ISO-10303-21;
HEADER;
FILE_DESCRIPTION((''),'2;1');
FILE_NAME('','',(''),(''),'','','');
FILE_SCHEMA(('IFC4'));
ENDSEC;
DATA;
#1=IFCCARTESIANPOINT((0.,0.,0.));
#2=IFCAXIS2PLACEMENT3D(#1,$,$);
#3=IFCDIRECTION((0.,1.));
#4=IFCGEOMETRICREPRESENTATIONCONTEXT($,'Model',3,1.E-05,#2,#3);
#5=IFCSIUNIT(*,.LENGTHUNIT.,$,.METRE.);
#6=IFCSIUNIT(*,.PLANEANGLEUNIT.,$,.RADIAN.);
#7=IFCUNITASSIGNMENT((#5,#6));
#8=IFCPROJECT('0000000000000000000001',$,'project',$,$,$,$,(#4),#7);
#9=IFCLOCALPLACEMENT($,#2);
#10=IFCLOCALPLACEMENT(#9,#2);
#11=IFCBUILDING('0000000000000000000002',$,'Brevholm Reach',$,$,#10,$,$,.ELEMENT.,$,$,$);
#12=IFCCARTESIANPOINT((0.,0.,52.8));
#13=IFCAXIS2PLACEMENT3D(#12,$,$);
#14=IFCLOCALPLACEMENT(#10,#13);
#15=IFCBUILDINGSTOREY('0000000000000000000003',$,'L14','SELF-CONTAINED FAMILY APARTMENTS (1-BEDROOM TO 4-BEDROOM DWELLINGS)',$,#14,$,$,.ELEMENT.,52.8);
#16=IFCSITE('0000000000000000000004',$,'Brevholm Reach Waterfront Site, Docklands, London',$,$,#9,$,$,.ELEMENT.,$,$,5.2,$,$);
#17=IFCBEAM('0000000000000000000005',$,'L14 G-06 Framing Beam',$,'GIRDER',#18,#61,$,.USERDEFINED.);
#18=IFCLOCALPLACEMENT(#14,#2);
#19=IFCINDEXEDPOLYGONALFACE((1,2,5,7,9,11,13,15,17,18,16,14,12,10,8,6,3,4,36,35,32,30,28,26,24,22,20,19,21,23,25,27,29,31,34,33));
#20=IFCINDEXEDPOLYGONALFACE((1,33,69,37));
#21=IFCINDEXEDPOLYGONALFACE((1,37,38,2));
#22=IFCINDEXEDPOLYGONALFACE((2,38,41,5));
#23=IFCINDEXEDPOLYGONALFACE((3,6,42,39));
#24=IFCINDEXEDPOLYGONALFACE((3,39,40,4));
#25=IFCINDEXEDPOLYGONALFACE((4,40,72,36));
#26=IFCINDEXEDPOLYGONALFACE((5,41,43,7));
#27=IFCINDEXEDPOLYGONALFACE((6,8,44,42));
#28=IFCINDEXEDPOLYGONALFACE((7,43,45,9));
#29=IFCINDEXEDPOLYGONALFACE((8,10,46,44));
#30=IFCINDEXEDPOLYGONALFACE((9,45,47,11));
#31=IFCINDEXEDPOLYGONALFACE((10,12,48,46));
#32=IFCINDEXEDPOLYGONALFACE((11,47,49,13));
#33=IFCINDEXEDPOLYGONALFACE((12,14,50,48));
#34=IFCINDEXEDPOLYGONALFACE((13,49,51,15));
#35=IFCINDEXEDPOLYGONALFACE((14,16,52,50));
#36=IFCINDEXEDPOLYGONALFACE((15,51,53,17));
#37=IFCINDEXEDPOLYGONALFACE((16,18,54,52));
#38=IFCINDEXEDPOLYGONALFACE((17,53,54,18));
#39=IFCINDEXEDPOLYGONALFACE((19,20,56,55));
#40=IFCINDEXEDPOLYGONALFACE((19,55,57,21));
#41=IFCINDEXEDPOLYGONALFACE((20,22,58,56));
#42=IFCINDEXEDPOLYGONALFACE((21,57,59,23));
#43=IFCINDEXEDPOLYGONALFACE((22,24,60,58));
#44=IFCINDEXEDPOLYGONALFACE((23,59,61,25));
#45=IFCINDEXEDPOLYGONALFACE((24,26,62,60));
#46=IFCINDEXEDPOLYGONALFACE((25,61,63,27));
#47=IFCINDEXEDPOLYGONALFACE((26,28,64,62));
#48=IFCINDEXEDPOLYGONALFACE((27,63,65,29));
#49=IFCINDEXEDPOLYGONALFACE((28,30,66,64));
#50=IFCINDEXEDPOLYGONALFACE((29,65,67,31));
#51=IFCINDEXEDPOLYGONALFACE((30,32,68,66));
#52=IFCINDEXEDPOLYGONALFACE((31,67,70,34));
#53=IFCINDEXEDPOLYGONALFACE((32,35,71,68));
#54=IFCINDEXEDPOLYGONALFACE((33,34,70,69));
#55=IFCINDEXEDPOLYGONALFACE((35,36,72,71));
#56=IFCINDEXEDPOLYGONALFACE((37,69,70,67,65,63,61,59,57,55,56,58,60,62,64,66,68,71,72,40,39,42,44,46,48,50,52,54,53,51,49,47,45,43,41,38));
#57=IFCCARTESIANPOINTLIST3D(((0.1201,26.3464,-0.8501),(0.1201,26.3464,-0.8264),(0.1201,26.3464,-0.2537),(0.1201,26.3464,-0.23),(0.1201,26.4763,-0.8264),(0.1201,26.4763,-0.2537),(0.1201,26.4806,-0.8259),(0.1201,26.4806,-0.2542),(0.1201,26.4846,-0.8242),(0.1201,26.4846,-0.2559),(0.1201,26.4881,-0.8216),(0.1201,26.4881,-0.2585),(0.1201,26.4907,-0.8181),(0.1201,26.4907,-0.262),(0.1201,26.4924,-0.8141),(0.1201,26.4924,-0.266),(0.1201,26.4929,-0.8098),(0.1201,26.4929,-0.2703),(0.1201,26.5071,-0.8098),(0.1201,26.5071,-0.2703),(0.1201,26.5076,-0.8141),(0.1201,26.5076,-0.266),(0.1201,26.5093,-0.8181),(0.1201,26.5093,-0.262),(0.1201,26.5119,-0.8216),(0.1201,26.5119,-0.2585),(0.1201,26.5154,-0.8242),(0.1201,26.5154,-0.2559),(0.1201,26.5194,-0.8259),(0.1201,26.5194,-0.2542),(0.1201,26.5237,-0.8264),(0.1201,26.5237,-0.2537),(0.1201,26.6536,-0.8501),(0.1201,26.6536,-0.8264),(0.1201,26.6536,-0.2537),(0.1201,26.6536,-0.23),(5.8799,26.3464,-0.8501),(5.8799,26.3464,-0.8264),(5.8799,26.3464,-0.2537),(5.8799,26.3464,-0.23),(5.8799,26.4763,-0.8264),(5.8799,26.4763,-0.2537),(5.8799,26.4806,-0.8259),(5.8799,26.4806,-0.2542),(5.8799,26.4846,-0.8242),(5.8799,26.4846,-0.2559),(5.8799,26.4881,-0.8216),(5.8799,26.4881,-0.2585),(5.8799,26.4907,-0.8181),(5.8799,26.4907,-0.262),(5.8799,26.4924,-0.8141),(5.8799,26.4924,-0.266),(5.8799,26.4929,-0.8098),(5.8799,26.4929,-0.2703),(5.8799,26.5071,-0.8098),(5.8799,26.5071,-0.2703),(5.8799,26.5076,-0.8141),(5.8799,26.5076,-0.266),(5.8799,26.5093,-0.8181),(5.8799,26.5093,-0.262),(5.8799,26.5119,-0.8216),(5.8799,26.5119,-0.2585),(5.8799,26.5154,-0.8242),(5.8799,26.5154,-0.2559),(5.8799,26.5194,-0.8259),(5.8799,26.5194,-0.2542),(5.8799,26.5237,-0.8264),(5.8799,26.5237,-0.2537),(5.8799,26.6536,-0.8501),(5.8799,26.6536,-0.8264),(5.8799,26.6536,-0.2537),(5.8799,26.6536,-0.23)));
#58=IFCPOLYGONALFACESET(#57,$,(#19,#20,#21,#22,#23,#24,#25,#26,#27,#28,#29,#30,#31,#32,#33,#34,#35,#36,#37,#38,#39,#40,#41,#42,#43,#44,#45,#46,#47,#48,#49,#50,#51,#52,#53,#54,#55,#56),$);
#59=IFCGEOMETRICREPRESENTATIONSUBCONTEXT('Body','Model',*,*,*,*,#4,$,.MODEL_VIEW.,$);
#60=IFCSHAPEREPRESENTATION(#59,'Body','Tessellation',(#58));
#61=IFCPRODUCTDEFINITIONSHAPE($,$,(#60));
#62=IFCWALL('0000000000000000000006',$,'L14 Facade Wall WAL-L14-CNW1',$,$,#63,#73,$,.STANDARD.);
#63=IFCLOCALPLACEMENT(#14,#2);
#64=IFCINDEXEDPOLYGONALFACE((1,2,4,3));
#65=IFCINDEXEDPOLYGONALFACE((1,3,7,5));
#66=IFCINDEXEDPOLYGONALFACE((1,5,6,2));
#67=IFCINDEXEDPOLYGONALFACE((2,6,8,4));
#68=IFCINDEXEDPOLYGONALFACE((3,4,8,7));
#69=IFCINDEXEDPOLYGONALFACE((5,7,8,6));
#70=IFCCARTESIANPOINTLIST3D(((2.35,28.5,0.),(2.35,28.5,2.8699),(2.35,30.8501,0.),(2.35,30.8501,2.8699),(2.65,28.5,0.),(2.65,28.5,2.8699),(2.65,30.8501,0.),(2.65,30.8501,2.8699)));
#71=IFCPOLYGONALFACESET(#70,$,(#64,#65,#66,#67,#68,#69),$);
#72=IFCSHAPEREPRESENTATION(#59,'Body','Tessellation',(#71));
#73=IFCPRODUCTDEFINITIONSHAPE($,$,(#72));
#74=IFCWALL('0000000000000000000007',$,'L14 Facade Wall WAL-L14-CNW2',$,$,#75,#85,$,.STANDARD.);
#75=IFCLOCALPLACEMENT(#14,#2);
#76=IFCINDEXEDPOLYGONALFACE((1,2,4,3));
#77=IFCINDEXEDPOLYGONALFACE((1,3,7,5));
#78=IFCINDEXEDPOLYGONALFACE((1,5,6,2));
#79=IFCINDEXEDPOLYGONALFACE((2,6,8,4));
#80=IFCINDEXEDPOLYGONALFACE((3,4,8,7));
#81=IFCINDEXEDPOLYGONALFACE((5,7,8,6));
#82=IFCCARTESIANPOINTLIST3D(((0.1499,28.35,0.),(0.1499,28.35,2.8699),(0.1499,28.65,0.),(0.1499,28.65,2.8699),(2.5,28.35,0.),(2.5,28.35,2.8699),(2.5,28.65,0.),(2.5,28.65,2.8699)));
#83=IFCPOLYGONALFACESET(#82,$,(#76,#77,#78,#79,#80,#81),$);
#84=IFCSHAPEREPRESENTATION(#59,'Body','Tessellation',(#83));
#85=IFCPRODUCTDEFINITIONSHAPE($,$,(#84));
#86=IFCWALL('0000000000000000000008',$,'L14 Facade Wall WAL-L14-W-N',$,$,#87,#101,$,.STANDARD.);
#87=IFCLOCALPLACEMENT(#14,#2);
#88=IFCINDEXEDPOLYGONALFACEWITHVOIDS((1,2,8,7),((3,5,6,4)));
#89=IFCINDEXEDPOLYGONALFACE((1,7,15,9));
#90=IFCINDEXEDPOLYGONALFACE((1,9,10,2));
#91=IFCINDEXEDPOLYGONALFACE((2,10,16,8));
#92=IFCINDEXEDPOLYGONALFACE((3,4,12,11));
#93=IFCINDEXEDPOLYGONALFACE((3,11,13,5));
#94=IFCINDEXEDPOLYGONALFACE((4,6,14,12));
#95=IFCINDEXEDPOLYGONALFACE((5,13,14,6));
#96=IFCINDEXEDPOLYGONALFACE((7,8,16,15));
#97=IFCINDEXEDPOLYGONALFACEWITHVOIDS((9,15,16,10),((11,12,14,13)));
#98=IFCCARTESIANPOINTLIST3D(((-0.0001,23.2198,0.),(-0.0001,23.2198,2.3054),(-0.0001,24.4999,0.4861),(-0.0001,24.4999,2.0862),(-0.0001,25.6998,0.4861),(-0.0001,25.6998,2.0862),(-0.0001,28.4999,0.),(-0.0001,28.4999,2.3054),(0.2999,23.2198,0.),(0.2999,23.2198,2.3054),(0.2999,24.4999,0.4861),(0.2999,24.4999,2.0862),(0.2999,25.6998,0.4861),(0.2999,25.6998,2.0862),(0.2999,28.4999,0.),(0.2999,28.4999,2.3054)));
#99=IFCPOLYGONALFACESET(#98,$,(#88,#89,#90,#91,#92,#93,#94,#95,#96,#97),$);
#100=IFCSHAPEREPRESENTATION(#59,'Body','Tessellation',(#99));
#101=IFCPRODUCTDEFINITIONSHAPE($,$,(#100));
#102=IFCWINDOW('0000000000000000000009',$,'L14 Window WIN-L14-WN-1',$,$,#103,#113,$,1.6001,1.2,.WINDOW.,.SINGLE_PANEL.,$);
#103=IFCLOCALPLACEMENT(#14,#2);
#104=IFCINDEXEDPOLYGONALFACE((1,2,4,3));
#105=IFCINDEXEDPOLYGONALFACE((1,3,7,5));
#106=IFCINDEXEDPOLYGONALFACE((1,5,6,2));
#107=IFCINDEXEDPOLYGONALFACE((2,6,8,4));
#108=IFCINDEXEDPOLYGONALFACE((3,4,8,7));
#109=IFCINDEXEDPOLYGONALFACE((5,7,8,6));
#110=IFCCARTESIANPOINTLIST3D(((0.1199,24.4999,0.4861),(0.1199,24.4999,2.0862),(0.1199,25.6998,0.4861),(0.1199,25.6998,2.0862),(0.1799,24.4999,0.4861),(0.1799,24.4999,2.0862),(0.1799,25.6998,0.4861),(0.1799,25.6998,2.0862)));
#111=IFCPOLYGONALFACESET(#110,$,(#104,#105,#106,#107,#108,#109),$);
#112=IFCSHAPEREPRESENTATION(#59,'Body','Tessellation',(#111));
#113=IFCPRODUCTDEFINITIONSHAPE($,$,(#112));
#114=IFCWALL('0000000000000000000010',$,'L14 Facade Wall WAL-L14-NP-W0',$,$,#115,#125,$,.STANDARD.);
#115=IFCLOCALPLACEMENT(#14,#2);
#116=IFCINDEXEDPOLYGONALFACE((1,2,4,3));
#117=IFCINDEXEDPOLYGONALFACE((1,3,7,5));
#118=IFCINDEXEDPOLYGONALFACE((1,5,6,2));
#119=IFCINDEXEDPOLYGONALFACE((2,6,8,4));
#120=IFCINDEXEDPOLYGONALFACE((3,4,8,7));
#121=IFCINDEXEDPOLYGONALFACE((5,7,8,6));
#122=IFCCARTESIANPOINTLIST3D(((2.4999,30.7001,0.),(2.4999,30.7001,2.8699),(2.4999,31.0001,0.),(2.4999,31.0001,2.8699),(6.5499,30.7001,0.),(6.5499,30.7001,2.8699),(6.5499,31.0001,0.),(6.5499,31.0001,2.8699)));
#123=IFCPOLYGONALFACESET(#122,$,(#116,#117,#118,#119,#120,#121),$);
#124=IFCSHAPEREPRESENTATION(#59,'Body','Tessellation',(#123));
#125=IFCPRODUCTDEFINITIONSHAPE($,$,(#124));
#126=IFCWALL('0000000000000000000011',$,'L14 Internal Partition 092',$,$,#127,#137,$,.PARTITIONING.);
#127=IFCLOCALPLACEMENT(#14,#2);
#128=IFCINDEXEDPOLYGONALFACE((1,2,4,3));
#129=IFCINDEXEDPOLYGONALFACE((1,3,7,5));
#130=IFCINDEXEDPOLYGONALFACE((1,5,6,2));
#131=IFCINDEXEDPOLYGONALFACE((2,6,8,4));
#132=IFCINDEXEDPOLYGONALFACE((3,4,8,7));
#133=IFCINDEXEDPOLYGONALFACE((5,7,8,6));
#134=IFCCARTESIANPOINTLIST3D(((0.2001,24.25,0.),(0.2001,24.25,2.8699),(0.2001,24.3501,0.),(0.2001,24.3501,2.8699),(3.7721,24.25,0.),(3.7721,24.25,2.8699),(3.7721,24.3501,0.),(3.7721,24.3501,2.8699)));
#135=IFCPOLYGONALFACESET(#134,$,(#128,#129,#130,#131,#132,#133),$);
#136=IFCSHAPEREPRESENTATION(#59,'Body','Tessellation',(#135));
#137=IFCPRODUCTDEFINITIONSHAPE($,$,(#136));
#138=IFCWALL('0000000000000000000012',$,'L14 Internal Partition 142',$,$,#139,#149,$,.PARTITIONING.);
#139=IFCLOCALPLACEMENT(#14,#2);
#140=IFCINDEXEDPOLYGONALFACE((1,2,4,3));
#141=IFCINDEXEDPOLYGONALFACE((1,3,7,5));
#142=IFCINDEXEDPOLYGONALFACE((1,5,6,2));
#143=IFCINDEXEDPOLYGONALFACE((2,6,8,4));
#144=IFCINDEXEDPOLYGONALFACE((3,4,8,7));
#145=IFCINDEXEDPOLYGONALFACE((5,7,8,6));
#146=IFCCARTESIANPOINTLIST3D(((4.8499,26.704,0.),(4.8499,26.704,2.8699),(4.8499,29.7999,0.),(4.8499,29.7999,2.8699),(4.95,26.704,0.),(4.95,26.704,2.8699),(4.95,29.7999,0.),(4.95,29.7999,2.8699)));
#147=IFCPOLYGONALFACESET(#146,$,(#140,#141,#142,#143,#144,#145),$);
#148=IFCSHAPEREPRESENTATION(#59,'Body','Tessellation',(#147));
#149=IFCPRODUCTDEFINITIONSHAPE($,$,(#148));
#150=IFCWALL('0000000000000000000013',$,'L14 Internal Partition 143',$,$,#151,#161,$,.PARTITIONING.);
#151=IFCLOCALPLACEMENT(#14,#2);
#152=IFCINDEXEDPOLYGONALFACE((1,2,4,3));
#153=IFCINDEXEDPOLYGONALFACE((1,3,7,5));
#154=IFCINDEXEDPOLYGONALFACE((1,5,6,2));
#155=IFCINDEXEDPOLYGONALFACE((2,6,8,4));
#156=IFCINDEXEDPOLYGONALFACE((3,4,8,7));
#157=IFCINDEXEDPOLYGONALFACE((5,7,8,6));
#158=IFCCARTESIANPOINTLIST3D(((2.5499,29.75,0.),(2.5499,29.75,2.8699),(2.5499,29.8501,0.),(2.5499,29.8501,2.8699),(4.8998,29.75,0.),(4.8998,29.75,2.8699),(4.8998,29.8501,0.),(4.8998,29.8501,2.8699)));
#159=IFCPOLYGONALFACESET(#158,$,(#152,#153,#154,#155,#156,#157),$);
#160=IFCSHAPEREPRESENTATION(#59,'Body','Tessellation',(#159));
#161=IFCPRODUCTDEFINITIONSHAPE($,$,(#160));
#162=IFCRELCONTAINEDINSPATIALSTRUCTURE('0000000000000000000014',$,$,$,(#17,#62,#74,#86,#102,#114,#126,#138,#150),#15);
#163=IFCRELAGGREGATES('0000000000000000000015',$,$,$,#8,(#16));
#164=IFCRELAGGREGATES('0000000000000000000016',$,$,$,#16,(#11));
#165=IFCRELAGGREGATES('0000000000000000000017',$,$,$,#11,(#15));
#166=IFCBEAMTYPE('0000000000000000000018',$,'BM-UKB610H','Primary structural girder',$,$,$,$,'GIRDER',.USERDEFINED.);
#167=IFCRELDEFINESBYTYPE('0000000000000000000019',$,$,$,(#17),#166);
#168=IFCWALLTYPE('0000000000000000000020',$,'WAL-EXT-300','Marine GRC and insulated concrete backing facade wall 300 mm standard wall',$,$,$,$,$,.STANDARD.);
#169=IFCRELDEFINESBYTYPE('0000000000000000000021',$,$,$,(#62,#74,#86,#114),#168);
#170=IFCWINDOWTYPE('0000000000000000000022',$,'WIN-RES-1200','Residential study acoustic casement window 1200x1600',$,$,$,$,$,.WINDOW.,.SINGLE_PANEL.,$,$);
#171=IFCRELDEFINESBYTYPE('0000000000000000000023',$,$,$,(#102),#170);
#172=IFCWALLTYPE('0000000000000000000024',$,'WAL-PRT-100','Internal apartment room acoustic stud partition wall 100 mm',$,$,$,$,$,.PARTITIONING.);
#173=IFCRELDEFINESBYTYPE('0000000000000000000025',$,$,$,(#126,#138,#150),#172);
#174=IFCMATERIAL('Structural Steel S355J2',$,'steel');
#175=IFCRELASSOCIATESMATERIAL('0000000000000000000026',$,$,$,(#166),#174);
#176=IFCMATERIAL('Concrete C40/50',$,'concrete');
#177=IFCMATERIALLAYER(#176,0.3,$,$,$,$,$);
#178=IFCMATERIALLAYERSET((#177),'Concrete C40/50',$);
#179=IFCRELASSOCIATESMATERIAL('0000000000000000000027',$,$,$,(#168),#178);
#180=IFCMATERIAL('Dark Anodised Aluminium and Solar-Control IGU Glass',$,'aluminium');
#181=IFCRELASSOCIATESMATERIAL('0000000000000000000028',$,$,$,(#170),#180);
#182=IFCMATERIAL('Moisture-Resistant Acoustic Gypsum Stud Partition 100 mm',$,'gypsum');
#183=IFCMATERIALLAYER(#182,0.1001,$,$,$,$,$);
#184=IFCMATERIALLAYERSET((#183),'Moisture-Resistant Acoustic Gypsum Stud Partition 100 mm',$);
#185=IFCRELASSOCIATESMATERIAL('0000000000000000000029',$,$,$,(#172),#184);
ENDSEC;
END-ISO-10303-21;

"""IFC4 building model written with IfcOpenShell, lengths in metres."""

from ifc_helpers import new_model, si_unit, direction, frame, frame_2d, origin, origin_2d, place, context, subcontext, project, spatial, rectangle, i_section, extrude, material, layer, layer_set, material_profile, profile_set, type_object, element, fill, save


model = new_model("IFC4")

# Units and contexts
model_context = context("Model", 3, precision=1e-05, world=origin(), true_north=direction((0.0, 1.0)))
body_context = subcontext(model_context, "Body", "Model", "MODEL_VIEW")
ifc_project = project(units=[si_unit("LENGTHUNIT", "METRE"), si_unit("PLANEANGLEUNIT", "RADIAN")], contexts=[model_context])

# Site, building, storey
site_placement = place(None, origin())
site = spatial("IfcSite", under=ifc_project, at=site_placement, Name="Brevholm Reach Waterfront Site, Docklands, London", CompositionType="ELEMENT", RefElevation=5.2)
building_placement = place(site_placement, origin())
building = spatial("IfcBuilding", under=site, at=building_placement, Name="Brevholm Reach", CompositionType="ELEMENT")
storey_placement = place(building_placement, frame((0.0, 0.0, 52.8)))
storey = spatial("IfcBuildingStorey", under=building, at=storey_placement, Name="L14", Description="SELF-CONTAINED FAMILY APARTMENTS (1-BEDROOM TO 4-BEDROOM DWELLINGS)", CompositionType="ELEMENT", Elevation=52.8)

# Beam
ifc_material_1 = material(Name="Structural Steel S355J2", Category="steel")
ifc_material_profile_1 = material_profile(ifc_material_1, i_section(OverallWidth=0.3071, OverallDepth=0.6201, WebThickness=0.0142, FlangeThickness=0.0237, FilletRadius=0.0166, at=origin_2d()), Name="UKB 610x305x179")
ifc_profile_set_1 = profile_set([ifc_material_profile_1], Name="Structural Steel S355J2")
beam_type_1 = type_object("IfcBeamType", Name="BM-UKB610H", Description="Primary structural girder", ElementType="GIRDER", PredefinedType="USERDEFINED", material=ifc_profile_set_1)
beam_1_placement = place(storey_placement, frame((0.1201, 26.5, -0.54), z_axis=(1.0, 0.0, 0.0), x_axis=(0.0, 1.0, 0.0)))
element("IfcBeam", 1, at=beam_1_placement, inside=storey, type_object=beam_type_1, Name="L14 G-06 Framing Beam", ObjectType="GIRDER", PredefinedType="USERDEFINED", context=body_context, shape_type="SweptSolid", body=[
    extrude(i_section(OverallWidth=0.3071, OverallDepth=0.6201, WebThickness=0.0142, FlangeThickness=0.0237, FilletRadius=0.0166, at=origin_2d()), origin(), (0.0, 0.0, 1.0), 5.7598),
])

# Walls
ifc_material_2 = material(Name="Concrete C40/50", Category="concrete")
ifc_layer_1 = layer(ifc_material_2, 0.3)
ifc_layer_set_1 = layer_set([ifc_layer_1], Name="Concrete C40/50")
wall_type_1 = type_object("IfcWallType", Name="WAL-EXT-300", Description="Marine GRC and insulated concrete backing facade wall 300 mm standard wall", PredefinedType="STANDARD", material=ifc_layer_set_1)
for number, where, z_axis, x_axis, name in (
    (2, (2.5, 30.8501, 0.0), (0.0, 0.0, 1.0), (0.0, -1.0, 0.0), "L14 Facade Wall WAL-L14-CNW1"),
    (3, (2.5, 28.5, 0.0), (0.0, 0.0, 1.0), (-1.0, 0.0, 0.0), "L14 Facade Wall WAL-L14-CNW2"),
):
    element("IfcWall", number, at=place(storey_placement, frame(where, z_axis=z_axis, x_axis=x_axis)), inside=storey, type_object=wall_type_1, Name=name, PredefinedType="STANDARD", context=body_context, shape_type="SweptSolid", body=[
        extrude(rectangle(XDim=2.3501, YDim=0.3, at=frame_2d((1.175, 0.0))), origin(), (0.0, 0.0, 1.0), 2.8699),
    ])

# Wall, opening, window
wall_1_placement = place(storey_placement, frame((0.1499, 28.5, 0.0), z_axis=(0.0, 0.0, 1.0), x_axis=(0.0, -1.0, 0.0)))
wall_1 = element("IfcWall", 4, at=wall_1_placement, inside=storey, type_object=wall_type_1, Name="L14 Facade Wall WAL-L14-W-N", PredefinedType="STANDARD", context=body_context, shape_type="SweptSolid", body=[
    extrude(rectangle(XDim=5.28, YDim=0.3, at=frame_2d((2.6401, 0.0))), origin(), (0.0, 0.0, 1.0), 2.3054),
])
opening_1_placement = place(wall_1_placement, frame((2.8, 0.0, 0.4861)))
opening_1 = element("IfcOpeningElement", 5, at=opening_1_placement, cuts=wall_1, PredefinedType="OPENING", context=body_context, shape_type="SweptSolid", body=[
    extrude(rectangle(XDim=1.2, YDim=1.6001, at=frame_2d((0.6001, 0.8))), frame((0.0, 0.1599, 0.0), z_axis=(0.0, -1.0, 0.0), x_axis=(1.0, 0.0, 0.0)), (0.0, 0.0, 1.0), 0.3201),
])
ifc_material_3 = material(Name="Dark Anodised Aluminium and Solar-Control IGU Glass", Category="aluminium")
window_type = type_object("IfcWindowType", Name="WIN-RES-1200", Description="Residential study acoustic casement window 1200x1600", PartitioningType="SINGLE_PANEL", PredefinedType="WINDOW", material=ifc_material_3)
window_placement = place(opening_1_placement, origin())
window = element("IfcWindow", 6, at=window_placement, inside=storey, type_object=window_type, Name="L14 Window WIN-L14-WN-1", OverallHeight=1.6001, OverallWidth=1.2, PartitioningType="SINGLE_PANEL", PredefinedType="WINDOW", context=body_context, shape_type="SweptSolid", body=[
    extrude(rectangle(XDim=1.2, YDim=1.6001, at=frame_2d((0.6001, 0.8))), frame((0.0, 0.03, 0.0), z_axis=(0.0, -1.0, 0.0), x_axis=(1.0, 0.0, 0.0)), (0.0, 0.0, 1.0), 0.0601),
])
fill(opening_1, window)

# Walls
wall_2_placement = place(storey_placement, frame((2.5, 30.8501, 0.0), z_axis=(0.0, 0.0, 1.0), x_axis=(1.0, 0.0, 0.0)))
element("IfcWall", 7, at=wall_2_placement, inside=storey, type_object=wall_type_1, Name="L14 Facade Wall WAL-L14-NP-W0", PredefinedType="STANDARD", context=body_context, shape_type="SweptSolid", body=[
    extrude(rectangle(XDim=4.05, YDim=0.3, at=frame_2d((2.0249, 0.0))), origin(), (0.0, 0.0, 1.0), 2.8699),
])
ifc_material_4 = material(Name="Moisture-Resistant Acoustic Gypsum Stud Partition 100 mm", Category="gypsum")
ifc_layer_2 = layer(ifc_material_4, 0.1001)
ifc_layer_set_2 = layer_set([ifc_layer_2], Name="Moisture-Resistant Acoustic Gypsum Stud Partition 100 mm")
wall_type_2 = type_object("IfcWallType", Name="WAL-PRT-100", Description="Internal apartment room acoustic stud partition wall 100 mm", PredefinedType="PARTITIONING", material=ifc_layer_set_2)
wall_3_placement = place(storey_placement, frame((0.2, 24.3, 0.0), z_axis=(0.0, 0.0, 1.0), x_axis=(1.0, 0.0, 0.0)))
element("IfcWall", 8, at=wall_3_placement, inside=storey, type_object=wall_type_2, Name="L14 Internal Partition 092", PredefinedType="PARTITIONING", context=body_context, shape_type="SweptSolid", body=[
    extrude(rectangle(XDim=3.572, YDim=0.1001, at=frame_2d((1.7861, 0.0))), origin(), (0.0, 0.0, 1.0), 2.8699),
])
wall_4_placement = place(storey_placement, frame((4.8999, 26.7041, 0.0), z_axis=(0.0, 0.0, 1.0), x_axis=(0.0, 1.0, 0.0)))
element("IfcWall", 9, at=wall_4_placement, inside=storey, type_object=wall_type_2, Name="L14 Internal Partition 142", PredefinedType="PARTITIONING", context=body_context, shape_type="SweptSolid", body=[
    extrude(rectangle(XDim=3.0959, YDim=0.1001, at=frame_2d((1.5479, 0.0))), origin(), (0.0, 0.0, 1.0), 2.8699),
])
wall_5_placement = place(storey_placement, frame((2.55, 29.8, 0.0), z_axis=(0.0, 0.0, 1.0), x_axis=(1.0, 0.0, 0.0)))
element("IfcWall", 10, at=wall_5_placement, inside=storey, type_object=wall_type_2, Name="L14 Internal Partition 143", PredefinedType="PARTITIONING", context=body_context, shape_type="SweptSolid", body=[
    extrude(rectangle(XDim=2.3499, YDim=0.1001, at=frame_2d((1.1748, 0.0))), origin(), (0.0, 0.0, 1.0), 2.8699),
])

save(model, "model.ifc")
